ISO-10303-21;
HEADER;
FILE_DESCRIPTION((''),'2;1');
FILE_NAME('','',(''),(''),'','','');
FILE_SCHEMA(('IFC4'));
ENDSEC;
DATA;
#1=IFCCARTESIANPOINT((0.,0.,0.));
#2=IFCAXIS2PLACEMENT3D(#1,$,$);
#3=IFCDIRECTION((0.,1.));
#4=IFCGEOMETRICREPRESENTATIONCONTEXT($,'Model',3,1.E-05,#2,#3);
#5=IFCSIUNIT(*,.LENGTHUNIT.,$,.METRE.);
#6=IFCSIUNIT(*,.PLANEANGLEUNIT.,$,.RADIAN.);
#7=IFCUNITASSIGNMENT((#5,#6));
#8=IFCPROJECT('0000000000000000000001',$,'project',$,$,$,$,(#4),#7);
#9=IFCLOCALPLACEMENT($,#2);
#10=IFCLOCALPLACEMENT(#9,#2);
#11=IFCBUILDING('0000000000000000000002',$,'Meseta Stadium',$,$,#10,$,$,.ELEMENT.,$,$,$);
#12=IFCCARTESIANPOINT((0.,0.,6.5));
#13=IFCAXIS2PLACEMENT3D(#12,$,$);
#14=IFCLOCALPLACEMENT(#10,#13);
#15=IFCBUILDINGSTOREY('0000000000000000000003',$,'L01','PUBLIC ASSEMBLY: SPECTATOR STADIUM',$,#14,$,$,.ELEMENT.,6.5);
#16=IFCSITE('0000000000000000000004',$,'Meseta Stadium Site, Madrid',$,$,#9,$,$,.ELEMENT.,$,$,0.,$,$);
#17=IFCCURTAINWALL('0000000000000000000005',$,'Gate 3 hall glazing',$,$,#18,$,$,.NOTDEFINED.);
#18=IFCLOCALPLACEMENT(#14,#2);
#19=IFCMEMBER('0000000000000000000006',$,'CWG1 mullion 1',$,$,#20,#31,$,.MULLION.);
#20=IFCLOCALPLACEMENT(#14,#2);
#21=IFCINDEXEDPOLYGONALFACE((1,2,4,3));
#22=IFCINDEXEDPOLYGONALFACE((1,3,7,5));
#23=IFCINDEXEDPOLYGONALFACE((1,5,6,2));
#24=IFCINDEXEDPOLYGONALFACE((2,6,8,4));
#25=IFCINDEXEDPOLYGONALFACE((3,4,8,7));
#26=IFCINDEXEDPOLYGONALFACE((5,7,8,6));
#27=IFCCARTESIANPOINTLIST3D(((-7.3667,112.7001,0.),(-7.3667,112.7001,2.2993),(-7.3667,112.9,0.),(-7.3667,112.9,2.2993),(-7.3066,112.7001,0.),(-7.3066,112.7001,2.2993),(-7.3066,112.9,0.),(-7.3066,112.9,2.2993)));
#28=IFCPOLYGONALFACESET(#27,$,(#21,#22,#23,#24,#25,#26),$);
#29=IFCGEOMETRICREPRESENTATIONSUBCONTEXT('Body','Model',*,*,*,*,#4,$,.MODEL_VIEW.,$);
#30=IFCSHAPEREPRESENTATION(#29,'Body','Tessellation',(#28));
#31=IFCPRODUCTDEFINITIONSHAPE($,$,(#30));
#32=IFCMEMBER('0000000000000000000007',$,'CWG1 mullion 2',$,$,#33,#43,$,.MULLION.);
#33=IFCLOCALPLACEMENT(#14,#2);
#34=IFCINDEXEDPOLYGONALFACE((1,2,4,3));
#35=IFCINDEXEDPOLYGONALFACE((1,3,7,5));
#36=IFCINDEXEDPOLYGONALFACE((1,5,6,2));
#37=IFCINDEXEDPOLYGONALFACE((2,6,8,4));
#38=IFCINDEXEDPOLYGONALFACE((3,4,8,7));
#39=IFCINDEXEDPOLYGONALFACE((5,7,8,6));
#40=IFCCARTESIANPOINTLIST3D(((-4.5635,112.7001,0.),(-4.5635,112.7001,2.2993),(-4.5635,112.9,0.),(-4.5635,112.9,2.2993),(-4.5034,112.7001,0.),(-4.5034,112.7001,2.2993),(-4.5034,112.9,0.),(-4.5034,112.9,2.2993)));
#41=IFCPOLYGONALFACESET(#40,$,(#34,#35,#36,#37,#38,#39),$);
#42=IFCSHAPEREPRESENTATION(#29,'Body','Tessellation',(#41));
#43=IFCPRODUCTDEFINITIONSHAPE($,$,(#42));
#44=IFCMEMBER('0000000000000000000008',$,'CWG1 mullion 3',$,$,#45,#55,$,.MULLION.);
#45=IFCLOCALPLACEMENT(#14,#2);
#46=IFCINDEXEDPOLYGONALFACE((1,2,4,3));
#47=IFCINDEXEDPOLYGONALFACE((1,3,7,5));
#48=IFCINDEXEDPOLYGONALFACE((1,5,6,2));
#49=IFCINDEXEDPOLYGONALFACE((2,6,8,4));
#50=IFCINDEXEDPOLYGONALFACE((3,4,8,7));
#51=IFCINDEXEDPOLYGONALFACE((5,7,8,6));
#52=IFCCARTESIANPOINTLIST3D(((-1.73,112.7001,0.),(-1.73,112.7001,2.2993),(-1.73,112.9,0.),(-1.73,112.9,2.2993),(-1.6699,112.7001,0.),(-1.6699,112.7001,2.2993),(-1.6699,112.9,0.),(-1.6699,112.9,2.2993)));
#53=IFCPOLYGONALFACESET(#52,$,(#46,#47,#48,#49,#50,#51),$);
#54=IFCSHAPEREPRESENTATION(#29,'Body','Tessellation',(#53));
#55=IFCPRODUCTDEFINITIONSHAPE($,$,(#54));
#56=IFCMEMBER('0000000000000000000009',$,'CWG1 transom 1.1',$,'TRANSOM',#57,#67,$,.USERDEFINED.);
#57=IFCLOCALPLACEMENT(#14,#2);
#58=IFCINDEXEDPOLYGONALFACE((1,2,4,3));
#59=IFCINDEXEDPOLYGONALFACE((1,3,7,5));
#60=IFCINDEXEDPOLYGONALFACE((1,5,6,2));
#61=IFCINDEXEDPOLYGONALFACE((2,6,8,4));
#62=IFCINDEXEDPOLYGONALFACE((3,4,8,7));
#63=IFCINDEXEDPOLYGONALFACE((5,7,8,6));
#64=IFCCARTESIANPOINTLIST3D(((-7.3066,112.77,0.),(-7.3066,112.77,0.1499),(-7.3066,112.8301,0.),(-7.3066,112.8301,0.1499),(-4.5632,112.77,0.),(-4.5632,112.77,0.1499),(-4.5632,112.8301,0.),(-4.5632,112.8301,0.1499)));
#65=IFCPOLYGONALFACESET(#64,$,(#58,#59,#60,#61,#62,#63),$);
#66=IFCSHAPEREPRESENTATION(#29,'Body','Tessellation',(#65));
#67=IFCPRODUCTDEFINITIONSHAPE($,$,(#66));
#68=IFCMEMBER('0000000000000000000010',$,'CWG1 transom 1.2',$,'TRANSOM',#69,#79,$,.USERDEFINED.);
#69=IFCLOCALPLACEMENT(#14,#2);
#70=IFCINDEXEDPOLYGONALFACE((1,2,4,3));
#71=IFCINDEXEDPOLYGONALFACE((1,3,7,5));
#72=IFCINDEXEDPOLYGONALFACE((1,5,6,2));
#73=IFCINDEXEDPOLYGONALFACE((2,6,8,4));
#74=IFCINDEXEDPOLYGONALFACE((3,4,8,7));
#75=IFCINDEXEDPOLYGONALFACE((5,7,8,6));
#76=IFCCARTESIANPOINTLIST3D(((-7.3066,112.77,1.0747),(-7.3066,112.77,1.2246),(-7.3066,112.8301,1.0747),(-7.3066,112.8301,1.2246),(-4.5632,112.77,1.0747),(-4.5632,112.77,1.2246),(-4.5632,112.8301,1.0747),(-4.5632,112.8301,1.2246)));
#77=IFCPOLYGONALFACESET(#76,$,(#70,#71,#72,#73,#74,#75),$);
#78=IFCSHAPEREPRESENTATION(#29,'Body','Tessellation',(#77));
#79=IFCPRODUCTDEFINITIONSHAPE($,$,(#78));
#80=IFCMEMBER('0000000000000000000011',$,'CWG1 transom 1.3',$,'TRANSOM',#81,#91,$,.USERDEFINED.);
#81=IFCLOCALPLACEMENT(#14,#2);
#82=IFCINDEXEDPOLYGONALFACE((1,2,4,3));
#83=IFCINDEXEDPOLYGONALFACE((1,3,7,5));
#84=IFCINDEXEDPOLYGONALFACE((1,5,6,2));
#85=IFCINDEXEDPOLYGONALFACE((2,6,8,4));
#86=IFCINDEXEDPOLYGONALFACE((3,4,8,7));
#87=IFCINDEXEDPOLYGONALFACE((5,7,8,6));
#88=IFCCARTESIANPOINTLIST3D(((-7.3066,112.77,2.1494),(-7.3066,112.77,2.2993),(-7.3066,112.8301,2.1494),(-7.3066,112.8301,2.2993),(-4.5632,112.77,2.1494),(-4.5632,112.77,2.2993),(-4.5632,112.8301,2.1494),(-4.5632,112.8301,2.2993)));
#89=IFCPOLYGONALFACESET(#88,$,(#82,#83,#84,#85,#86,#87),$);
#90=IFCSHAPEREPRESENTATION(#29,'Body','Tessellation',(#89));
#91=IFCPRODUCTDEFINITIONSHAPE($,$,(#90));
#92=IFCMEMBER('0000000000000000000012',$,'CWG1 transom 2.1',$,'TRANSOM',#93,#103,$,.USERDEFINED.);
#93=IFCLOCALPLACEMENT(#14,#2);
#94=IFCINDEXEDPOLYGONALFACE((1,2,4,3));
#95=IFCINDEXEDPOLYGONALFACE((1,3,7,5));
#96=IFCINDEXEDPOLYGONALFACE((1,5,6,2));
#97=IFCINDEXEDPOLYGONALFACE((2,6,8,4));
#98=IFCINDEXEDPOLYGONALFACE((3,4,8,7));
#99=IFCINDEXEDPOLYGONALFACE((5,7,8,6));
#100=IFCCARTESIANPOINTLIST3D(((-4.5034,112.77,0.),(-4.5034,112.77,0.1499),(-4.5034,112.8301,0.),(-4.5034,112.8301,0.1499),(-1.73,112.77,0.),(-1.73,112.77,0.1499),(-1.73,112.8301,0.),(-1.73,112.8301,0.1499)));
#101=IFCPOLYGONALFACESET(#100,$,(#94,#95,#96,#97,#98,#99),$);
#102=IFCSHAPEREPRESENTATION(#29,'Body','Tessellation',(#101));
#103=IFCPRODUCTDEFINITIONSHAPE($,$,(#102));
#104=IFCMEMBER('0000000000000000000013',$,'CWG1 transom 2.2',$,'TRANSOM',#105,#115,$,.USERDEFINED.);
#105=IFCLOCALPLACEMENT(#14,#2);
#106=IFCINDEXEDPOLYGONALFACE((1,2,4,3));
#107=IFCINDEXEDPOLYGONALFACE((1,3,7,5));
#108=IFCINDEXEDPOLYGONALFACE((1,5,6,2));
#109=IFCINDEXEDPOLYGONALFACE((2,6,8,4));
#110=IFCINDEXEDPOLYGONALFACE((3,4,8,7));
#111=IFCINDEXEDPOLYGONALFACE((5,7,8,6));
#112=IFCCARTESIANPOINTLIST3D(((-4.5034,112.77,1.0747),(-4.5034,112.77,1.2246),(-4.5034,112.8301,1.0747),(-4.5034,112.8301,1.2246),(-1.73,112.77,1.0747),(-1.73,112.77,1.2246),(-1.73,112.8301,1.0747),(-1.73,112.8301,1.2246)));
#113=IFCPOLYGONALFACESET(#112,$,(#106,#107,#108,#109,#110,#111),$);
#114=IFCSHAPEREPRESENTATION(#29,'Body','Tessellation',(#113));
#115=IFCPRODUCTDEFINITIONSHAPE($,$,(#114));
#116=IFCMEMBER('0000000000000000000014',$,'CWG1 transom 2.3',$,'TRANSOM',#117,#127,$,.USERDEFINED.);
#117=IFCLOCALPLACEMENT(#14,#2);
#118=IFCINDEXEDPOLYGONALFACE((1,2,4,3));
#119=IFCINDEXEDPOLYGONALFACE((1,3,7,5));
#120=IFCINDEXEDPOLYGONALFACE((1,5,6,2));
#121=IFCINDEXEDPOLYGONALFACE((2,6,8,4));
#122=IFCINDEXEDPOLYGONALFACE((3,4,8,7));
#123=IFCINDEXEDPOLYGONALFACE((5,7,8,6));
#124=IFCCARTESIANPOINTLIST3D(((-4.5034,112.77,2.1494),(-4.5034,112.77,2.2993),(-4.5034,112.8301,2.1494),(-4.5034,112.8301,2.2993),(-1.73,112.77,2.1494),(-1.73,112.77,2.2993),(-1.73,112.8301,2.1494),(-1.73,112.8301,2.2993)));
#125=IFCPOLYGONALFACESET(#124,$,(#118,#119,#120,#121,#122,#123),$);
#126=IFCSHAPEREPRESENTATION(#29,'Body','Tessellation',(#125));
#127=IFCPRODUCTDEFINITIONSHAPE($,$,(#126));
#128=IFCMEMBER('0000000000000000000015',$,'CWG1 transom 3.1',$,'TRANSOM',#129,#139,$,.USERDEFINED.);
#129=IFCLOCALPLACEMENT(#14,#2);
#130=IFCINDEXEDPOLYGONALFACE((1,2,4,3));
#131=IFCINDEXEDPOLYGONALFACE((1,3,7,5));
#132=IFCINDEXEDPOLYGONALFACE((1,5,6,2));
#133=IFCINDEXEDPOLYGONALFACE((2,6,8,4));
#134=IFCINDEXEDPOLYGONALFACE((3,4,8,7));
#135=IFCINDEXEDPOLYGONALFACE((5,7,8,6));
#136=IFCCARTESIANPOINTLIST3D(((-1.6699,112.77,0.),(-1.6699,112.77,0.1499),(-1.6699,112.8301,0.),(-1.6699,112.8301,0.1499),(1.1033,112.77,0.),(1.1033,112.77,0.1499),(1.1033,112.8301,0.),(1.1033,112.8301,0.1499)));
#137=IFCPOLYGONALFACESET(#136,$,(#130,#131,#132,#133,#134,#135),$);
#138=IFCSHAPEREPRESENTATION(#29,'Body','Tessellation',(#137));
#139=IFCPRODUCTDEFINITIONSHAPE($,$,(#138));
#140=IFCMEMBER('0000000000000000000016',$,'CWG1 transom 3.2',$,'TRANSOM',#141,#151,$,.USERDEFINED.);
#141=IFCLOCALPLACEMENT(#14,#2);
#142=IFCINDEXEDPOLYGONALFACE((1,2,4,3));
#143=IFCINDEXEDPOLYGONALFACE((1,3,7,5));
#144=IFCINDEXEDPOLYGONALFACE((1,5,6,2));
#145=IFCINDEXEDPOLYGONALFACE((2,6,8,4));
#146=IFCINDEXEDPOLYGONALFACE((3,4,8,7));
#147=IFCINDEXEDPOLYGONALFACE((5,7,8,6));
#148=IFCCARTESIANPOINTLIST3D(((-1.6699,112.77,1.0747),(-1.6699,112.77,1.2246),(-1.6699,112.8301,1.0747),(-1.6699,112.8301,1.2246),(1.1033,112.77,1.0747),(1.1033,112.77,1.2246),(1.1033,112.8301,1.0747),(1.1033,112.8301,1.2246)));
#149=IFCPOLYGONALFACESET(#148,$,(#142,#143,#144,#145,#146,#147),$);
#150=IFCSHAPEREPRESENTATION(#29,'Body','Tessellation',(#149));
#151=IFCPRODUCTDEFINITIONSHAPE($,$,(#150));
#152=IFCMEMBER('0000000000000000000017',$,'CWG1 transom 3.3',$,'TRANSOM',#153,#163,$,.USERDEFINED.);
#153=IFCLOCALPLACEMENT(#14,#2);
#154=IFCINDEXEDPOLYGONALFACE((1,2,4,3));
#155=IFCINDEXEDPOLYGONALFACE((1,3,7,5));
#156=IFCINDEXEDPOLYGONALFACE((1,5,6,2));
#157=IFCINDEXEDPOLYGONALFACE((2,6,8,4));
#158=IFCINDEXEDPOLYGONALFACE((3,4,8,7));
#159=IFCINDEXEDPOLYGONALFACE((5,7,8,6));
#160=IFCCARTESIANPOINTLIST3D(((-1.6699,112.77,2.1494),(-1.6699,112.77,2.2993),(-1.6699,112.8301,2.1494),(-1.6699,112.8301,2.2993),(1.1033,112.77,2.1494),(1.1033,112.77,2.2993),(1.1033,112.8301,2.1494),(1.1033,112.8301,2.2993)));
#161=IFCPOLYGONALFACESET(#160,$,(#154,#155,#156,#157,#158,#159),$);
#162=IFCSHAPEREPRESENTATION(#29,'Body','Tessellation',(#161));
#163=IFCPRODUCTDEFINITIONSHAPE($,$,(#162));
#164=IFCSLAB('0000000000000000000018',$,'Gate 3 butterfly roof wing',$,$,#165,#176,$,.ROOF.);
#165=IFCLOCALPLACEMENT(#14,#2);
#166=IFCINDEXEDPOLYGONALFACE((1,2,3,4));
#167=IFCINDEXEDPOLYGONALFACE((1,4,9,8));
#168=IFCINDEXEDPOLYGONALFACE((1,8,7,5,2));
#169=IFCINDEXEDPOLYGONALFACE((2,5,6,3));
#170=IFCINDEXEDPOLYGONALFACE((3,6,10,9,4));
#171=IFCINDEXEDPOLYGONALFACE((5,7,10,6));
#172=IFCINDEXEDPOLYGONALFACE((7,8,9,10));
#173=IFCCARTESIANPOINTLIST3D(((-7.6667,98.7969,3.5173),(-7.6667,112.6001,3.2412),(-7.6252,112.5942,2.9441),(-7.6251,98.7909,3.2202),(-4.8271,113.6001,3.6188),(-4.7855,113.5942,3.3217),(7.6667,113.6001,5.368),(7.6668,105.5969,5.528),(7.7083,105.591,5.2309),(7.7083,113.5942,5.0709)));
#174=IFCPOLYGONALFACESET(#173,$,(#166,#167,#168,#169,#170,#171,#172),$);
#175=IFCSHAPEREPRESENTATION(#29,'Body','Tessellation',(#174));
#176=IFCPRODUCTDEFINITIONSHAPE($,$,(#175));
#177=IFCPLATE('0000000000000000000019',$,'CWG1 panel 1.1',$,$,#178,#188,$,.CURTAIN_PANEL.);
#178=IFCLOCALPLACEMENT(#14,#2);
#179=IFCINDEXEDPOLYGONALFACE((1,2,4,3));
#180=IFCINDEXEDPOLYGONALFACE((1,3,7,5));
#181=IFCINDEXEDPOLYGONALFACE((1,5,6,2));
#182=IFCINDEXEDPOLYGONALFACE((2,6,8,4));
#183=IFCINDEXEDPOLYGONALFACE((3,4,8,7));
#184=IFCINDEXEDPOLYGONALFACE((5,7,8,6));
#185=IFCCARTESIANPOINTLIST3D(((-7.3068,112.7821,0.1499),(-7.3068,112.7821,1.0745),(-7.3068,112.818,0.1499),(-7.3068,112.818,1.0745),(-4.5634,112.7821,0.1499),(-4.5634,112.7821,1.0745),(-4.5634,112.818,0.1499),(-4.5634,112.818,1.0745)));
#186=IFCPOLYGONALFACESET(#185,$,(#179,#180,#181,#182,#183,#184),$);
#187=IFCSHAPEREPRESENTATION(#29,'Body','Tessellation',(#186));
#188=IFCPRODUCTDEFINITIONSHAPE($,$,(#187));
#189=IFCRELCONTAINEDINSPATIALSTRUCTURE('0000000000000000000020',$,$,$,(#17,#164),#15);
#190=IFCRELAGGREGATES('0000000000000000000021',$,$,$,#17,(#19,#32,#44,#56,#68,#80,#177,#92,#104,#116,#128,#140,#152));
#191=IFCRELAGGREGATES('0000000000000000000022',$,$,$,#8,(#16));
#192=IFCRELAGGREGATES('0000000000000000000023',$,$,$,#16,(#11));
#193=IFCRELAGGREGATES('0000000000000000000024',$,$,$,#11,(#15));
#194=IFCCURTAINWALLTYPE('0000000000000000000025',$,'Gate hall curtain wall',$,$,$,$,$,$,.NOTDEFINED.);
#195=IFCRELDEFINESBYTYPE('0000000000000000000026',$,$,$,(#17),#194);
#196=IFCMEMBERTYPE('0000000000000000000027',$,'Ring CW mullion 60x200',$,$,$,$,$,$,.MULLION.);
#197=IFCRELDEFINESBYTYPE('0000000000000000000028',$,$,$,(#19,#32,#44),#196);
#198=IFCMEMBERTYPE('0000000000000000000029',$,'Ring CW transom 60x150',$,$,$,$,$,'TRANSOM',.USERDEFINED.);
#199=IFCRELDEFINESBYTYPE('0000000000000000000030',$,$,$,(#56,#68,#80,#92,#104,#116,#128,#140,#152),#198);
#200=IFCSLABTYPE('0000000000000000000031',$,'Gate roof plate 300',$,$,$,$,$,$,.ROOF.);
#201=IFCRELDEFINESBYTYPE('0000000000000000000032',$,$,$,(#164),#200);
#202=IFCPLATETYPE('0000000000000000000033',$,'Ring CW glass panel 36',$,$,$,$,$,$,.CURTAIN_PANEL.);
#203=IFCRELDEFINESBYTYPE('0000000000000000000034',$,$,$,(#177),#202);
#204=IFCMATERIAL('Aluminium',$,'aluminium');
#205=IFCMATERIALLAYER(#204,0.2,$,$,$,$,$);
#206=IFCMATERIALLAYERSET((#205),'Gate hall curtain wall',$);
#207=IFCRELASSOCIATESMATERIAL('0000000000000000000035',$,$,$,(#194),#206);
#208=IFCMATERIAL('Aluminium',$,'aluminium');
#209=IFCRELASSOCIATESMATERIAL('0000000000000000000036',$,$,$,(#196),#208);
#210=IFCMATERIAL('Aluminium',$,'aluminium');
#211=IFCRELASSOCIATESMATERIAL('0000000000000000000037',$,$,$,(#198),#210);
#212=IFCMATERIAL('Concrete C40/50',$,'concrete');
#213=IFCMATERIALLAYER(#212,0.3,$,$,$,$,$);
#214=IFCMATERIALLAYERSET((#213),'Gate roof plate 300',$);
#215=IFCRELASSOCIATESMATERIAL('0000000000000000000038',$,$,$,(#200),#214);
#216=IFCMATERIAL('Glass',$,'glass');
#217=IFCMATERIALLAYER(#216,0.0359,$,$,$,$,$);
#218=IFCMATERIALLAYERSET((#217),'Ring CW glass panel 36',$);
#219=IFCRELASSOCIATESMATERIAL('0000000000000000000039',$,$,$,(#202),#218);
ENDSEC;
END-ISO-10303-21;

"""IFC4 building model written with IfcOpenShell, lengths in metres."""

from ifc_helpers import new_model, si_unit, direction, frame, origin, origin_2d, place, context, subcontext, project, spatial, polyline, rectangle, outline, extrude, material, layer, layer_set, material_profile, profile_set, type_object, element, aggregate, save


model = new_model("IFC4")

# Units and contexts
model_context = context("Model", 3, precision=1e-05, world=origin(), true_north=direction((0.0, 1.0)))
body_context = subcontext(model_context, "Body", "Model", "MODEL_VIEW")
ifc_project = project(units=[si_unit("LENGTHUNIT", "METRE"), si_unit("PLANEANGLEUNIT", "RADIAN")], contexts=[model_context])

# Site, building, storey
site_placement = place(None, origin())
site = spatial("IfcSite", under=ifc_project, at=site_placement, Name="Meseta Stadium Site, Madrid", CompositionType="ELEMENT", RefElevation=0.0)
building_placement = place(site_placement, origin())
building = spatial("IfcBuilding", under=site, at=building_placement, Name="Meseta Stadium", CompositionType="ELEMENT")
storey_placement = place(building_placement, frame((0.0, 0.0, 6.5)))
storey = spatial("IfcBuildingStorey", under=building, at=storey_placement, Name="L01", Description="PUBLIC ASSEMBLY: SPECTATOR STADIUM", CompositionType="ELEMENT", Elevation=6.5)

# Curtain wall, members
ifc_material_1 = material(Name="Aluminium", Category="aluminium")
ifc_layer_1 = layer(ifc_material_1, 0.2)
ifc_layer_set_1 = layer_set([ifc_layer_1], Name="Gate hall curtain wall")
curtain_wall_type = type_object("IfcCurtainWallType", Name="Gate hall curtain wall", PredefinedType="NOTDEFINED", material=ifc_layer_set_1)
curtain_wall_placement = place(storey_placement, origin())
curtain_wall = element("IfcCurtainWall", 1, at=curtain_wall_placement, inside=storey, type_object=curtain_wall_type, Name="Gate 3 hall glazing", PredefinedType="NOTDEFINED")
ifc_material_2 = material(Name="Aluminium", Category="aluminium")
ifc_material_profile_1 = material_profile(ifc_material_2, rectangle(XDim=0.2, YDim=0.0601, at=origin_2d()), Name="CW 200x60")
ifc_profile_set_1 = profile_set([ifc_material_profile_1], Name="Aluminium")
member_type_1 = type_object("IfcMemberType", Name="Ring CW mullion 60x200", PredefinedType="MULLION", material=ifc_profile_set_1)
member_1_placement = place(storey_placement, frame((-7.3367, 112.8, 0.0), z_axis=(0.0, 0.0, 1.0), x_axis=(0.0, 1.0, 0.0)))
member_1 = element("IfcMember", 2, at=member_1_placement, type_object=member_type_1, Name="CWG1 mullion 1", PredefinedType="MULLION", context=body_context, shape_type="SweptSolid", body=[
    extrude(rectangle(XDim=0.2, YDim=0.0601, at=origin_2d()), origin(), (0.0, 0.0, 1.0), 2.2993),
])
member_2_placement = place(storey_placement, frame((-4.5334, 112.8, 0.0), z_axis=(0.0, 0.0, 1.0), x_axis=(0.0, 1.0, 0.0)))
member_2 = element("IfcMember", 3, at=member_2_placement, type_object=member_type_1, Name="CWG1 mullion 2", PredefinedType="MULLION", context=body_context, shape_type="SweptSolid", body=[
    extrude(rectangle(XDim=0.2, YDim=0.0601, at=origin_2d()), origin(), (0.0, 0.0, 1.0), 2.2993),
])
member_3_placement = place(storey_placement, frame((-1.7, 112.8, 0.0), z_axis=(0.0, 0.0, 1.0), x_axis=(0.0, 1.0, 0.0)))
member_3 = element("IfcMember", 4, at=member_3_placement, type_object=member_type_1, Name="CWG1 mullion 3", PredefinedType="MULLION", context=body_context, shape_type="SweptSolid", body=[
    extrude(rectangle(XDim=0.2, YDim=0.0601, at=origin_2d()), origin(), (0.0, 0.0, 1.0), 2.2993),
])
ifc_material_3 = material(Name="Aluminium", Category="aluminium")
ifc_material_profile_2 = material_profile(ifc_material_3, rectangle(XDim=0.0601, YDim=0.1499, at=origin_2d()), Name="CW 60x150")
ifc_profile_set_2 = profile_set([ifc_material_profile_2], Name="Aluminium")
member_type_2 = type_object("IfcMemberType", Name="Ring CW transom 60x150", ElementType="TRANSOM", PredefinedType="USERDEFINED", material=ifc_profile_set_2)
member_4_placement = place(storey_placement, frame((-7.3066, 112.8, 0.075), z_axis=(1.0, 0.0, 0.0), x_axis=(0.0, 1.0, 0.0)))
member_4 = element("IfcMember", 5, at=member_4_placement, type_object=member_type_2, Name="CWG1 transom 1.1", ObjectType="TRANSOM", PredefinedType="USERDEFINED", context=body_context, shape_type="SweptSolid", body=[
    extrude(rectangle(XDim=0.0601, YDim=0.1499, at=origin_2d()), origin(), (0.0, 0.0, 1.0), 2.7434),
])
member_5_placement = place(storey_placement, frame((-7.3066, 112.8, 1.1497), z_axis=(1.0, 0.0, 0.0), x_axis=(0.0, 1.0, 0.0)))
member_5 = element("IfcMember", 6, at=member_5_placement, type_object=member_type_2, Name="CWG1 transom 1.2", ObjectType="TRANSOM", PredefinedType="USERDEFINED", context=body_context, shape_type="SweptSolid", body=[
    extrude(rectangle(XDim=0.0601, YDim=0.1499, at=origin_2d()), origin(), (0.0, 0.0, 1.0), 2.7434),
])
member_6_placement = place(storey_placement, frame((-7.3066, 112.8, 2.2244), z_axis=(1.0, 0.0, 0.0), x_axis=(0.0, 1.0, 0.0)))
member_6 = element("IfcMember", 7, at=member_6_placement, type_object=member_type_2, Name="CWG1 transom 1.3", ObjectType="TRANSOM", PredefinedType="USERDEFINED", context=body_context, shape_type="SweptSolid", body=[
    extrude(rectangle(XDim=0.0601, YDim=0.1499, at=origin_2d()), origin(), (0.0, 0.0, 1.0), 2.7434),
])
member_7_placement = place(storey_placement, frame((-4.5034, 112.8, 0.075), z_axis=(1.0, 0.0, 0.0), x_axis=(0.0, 1.0, 0.0)))
member_7 = element("IfcMember", 8, at=member_7_placement, type_object=member_type_2, Name="CWG1 transom 2.1", ObjectType="TRANSOM", PredefinedType="USERDEFINED", context=body_context, shape_type="SweptSolid", body=[
    extrude(rectangle(XDim=0.0601, YDim=0.1499, at=origin_2d()), origin(), (0.0, 0.0, 1.0), 2.7734),
])
member_8_placement = place(storey_placement, frame((-4.5034, 112.8, 1.1497), z_axis=(1.0, 0.0, 0.0), x_axis=(0.0, 1.0, 0.0)))
member_8 = element("IfcMember", 9, at=member_8_placement, type_object=member_type_2, Name="CWG1 transom 2.2", ObjectType="TRANSOM", PredefinedType="USERDEFINED", context=body_context, shape_type="SweptSolid", body=[
    extrude(rectangle(XDim=0.0601, YDim=0.1499, at=origin_2d()), origin(), (0.0, 0.0, 1.0), 2.7734),
])
member_9_placement = place(storey_placement, frame((-4.5034, 112.8, 2.2244), z_axis=(1.0, 0.0, 0.0), x_axis=(0.0, 1.0, 0.0)))
member_9 = element("IfcMember", 10, at=member_9_placement, type_object=member_type_2, Name="CWG1 transom 2.3", ObjectType="TRANSOM", PredefinedType="USERDEFINED", context=body_context, shape_type="SweptSolid", body=[
    extrude(rectangle(XDim=0.0601, YDim=0.1499, at=origin_2d()), origin(), (0.0, 0.0, 1.0), 2.7734),
])
member_10_placement = place(storey_placement, frame((-1.6699, 112.8, 0.075), z_axis=(1.0, 0.0, 0.0), x_axis=(0.0, 1.0, 0.0)))
member_10 = element("IfcMember", 11, at=member_10_placement, type_object=member_type_2, Name="CWG1 transom 3.1", ObjectType="TRANSOM", PredefinedType="USERDEFINED", context=body_context, shape_type="SweptSolid", body=[
    extrude(rectangle(XDim=0.0601, YDim=0.1499, at=origin_2d()), origin(), (0.0, 0.0, 1.0), 2.7732),
])
member_11_placement = place(storey_placement, frame((-1.6699, 112.8, 1.1497), z_axis=(1.0, 0.0, 0.0), x_axis=(0.0, 1.0, 0.0)))
member_11 = element("IfcMember", 12, at=member_11_placement, type_object=member_type_2, Name="CWG1 transom 3.2", ObjectType="TRANSOM", PredefinedType="USERDEFINED", context=body_context, shape_type="SweptSolid", body=[
    extrude(rectangle(XDim=0.0601, YDim=0.1499, at=origin_2d()), origin(), (0.0, 0.0, 1.0), 2.7732),
])
member_12_placement = place(storey_placement, frame((-1.6699, 112.8, 2.2244), z_axis=(1.0, 0.0, 0.0), x_axis=(0.0, 1.0, 0.0)))
member_12 = element("IfcMember", 13, at=member_12_placement, type_object=member_type_2, Name="CWG1 transom 3.3", ObjectType="TRANSOM", PredefinedType="USERDEFINED", context=body_context, shape_type="SweptSolid", body=[
    extrude(rectangle(XDim=0.0601, YDim=0.1499, at=origin_2d()), origin(), (0.0, 0.0, 1.0), 2.7732),
])

# Slab
ifc_material_4 = material(Name="Concrete C40/50", Category="concrete")
ifc_layer_2 = layer(ifc_material_4, 0.3)
ifc_layer_set_2 = layer_set([ifc_layer_2], Name="Gate roof plate 300")
slab_type = type_object("IfcSlabType", Name="Gate roof plate 300", PredefinedType="ROOF", material=ifc_layer_set_2)
slab_placement = place(storey_placement, frame((-7.6667, 112.6001, 3.2412), z_axis=(-0.138624, 0.019804, 0.990147), x_axis=(0.000001, -0.9998, 0.019997)))
element("IfcSlab", 14, at=slab_placement, inside=storey, type_object=slab_type, Name="Gate 3 butterfly roof wing", PredefinedType="ROOF", context=body_context, shape_type="SweptSolid", body=[
    extrude(outline(polyline([(0.0, 0.0), (13.806, 0.0), (7.0475, 15.483), (-0.9573, 15.483), (-0.9922, 2.8673), (0.0, 0.0)])), origin(), (0.0, 0.0, -1.0), 0.3),
])

# Plate
ifc_material_5 = material(Name="Glass", Category="glass")
ifc_layer_3 = layer(ifc_material_5, 0.0359)
ifc_layer_set_3 = layer_set([ifc_layer_3], Name="Ring CW glass panel 36")
plate_type = type_object("IfcPlateType", Name="Ring CW glass panel 36", PredefinedType="CURTAIN_PANEL", material=ifc_layer_set_3)
plate_1_placement = place(storey_placement, frame((-5.9351, 112.8, 0.1499), z_axis=(0.0, 0.0, 1.0), x_axis=(1.0, 0.0, 0.0)))
plate_1 = element("IfcPlate", 15, at=plate_1_placement, type_object=plate_type, Name="CWG1 panel 1.1", PredefinedType="CURTAIN_PANEL", context=body_context, shape_type="SweptSolid", body=[
    extrude(rectangle(XDim=2.7434, YDim=0.0359, at=origin_2d()), origin(), (0.0, 0.0, 1.0), 0.9246),
])
aggregate(curtain_wall, [member_1, member_2, member_3, member_4, member_5, member_6, plate_1, member_7, member_8, member_9, member_10, member_11, member_12])

save(model, "model.ifc")
